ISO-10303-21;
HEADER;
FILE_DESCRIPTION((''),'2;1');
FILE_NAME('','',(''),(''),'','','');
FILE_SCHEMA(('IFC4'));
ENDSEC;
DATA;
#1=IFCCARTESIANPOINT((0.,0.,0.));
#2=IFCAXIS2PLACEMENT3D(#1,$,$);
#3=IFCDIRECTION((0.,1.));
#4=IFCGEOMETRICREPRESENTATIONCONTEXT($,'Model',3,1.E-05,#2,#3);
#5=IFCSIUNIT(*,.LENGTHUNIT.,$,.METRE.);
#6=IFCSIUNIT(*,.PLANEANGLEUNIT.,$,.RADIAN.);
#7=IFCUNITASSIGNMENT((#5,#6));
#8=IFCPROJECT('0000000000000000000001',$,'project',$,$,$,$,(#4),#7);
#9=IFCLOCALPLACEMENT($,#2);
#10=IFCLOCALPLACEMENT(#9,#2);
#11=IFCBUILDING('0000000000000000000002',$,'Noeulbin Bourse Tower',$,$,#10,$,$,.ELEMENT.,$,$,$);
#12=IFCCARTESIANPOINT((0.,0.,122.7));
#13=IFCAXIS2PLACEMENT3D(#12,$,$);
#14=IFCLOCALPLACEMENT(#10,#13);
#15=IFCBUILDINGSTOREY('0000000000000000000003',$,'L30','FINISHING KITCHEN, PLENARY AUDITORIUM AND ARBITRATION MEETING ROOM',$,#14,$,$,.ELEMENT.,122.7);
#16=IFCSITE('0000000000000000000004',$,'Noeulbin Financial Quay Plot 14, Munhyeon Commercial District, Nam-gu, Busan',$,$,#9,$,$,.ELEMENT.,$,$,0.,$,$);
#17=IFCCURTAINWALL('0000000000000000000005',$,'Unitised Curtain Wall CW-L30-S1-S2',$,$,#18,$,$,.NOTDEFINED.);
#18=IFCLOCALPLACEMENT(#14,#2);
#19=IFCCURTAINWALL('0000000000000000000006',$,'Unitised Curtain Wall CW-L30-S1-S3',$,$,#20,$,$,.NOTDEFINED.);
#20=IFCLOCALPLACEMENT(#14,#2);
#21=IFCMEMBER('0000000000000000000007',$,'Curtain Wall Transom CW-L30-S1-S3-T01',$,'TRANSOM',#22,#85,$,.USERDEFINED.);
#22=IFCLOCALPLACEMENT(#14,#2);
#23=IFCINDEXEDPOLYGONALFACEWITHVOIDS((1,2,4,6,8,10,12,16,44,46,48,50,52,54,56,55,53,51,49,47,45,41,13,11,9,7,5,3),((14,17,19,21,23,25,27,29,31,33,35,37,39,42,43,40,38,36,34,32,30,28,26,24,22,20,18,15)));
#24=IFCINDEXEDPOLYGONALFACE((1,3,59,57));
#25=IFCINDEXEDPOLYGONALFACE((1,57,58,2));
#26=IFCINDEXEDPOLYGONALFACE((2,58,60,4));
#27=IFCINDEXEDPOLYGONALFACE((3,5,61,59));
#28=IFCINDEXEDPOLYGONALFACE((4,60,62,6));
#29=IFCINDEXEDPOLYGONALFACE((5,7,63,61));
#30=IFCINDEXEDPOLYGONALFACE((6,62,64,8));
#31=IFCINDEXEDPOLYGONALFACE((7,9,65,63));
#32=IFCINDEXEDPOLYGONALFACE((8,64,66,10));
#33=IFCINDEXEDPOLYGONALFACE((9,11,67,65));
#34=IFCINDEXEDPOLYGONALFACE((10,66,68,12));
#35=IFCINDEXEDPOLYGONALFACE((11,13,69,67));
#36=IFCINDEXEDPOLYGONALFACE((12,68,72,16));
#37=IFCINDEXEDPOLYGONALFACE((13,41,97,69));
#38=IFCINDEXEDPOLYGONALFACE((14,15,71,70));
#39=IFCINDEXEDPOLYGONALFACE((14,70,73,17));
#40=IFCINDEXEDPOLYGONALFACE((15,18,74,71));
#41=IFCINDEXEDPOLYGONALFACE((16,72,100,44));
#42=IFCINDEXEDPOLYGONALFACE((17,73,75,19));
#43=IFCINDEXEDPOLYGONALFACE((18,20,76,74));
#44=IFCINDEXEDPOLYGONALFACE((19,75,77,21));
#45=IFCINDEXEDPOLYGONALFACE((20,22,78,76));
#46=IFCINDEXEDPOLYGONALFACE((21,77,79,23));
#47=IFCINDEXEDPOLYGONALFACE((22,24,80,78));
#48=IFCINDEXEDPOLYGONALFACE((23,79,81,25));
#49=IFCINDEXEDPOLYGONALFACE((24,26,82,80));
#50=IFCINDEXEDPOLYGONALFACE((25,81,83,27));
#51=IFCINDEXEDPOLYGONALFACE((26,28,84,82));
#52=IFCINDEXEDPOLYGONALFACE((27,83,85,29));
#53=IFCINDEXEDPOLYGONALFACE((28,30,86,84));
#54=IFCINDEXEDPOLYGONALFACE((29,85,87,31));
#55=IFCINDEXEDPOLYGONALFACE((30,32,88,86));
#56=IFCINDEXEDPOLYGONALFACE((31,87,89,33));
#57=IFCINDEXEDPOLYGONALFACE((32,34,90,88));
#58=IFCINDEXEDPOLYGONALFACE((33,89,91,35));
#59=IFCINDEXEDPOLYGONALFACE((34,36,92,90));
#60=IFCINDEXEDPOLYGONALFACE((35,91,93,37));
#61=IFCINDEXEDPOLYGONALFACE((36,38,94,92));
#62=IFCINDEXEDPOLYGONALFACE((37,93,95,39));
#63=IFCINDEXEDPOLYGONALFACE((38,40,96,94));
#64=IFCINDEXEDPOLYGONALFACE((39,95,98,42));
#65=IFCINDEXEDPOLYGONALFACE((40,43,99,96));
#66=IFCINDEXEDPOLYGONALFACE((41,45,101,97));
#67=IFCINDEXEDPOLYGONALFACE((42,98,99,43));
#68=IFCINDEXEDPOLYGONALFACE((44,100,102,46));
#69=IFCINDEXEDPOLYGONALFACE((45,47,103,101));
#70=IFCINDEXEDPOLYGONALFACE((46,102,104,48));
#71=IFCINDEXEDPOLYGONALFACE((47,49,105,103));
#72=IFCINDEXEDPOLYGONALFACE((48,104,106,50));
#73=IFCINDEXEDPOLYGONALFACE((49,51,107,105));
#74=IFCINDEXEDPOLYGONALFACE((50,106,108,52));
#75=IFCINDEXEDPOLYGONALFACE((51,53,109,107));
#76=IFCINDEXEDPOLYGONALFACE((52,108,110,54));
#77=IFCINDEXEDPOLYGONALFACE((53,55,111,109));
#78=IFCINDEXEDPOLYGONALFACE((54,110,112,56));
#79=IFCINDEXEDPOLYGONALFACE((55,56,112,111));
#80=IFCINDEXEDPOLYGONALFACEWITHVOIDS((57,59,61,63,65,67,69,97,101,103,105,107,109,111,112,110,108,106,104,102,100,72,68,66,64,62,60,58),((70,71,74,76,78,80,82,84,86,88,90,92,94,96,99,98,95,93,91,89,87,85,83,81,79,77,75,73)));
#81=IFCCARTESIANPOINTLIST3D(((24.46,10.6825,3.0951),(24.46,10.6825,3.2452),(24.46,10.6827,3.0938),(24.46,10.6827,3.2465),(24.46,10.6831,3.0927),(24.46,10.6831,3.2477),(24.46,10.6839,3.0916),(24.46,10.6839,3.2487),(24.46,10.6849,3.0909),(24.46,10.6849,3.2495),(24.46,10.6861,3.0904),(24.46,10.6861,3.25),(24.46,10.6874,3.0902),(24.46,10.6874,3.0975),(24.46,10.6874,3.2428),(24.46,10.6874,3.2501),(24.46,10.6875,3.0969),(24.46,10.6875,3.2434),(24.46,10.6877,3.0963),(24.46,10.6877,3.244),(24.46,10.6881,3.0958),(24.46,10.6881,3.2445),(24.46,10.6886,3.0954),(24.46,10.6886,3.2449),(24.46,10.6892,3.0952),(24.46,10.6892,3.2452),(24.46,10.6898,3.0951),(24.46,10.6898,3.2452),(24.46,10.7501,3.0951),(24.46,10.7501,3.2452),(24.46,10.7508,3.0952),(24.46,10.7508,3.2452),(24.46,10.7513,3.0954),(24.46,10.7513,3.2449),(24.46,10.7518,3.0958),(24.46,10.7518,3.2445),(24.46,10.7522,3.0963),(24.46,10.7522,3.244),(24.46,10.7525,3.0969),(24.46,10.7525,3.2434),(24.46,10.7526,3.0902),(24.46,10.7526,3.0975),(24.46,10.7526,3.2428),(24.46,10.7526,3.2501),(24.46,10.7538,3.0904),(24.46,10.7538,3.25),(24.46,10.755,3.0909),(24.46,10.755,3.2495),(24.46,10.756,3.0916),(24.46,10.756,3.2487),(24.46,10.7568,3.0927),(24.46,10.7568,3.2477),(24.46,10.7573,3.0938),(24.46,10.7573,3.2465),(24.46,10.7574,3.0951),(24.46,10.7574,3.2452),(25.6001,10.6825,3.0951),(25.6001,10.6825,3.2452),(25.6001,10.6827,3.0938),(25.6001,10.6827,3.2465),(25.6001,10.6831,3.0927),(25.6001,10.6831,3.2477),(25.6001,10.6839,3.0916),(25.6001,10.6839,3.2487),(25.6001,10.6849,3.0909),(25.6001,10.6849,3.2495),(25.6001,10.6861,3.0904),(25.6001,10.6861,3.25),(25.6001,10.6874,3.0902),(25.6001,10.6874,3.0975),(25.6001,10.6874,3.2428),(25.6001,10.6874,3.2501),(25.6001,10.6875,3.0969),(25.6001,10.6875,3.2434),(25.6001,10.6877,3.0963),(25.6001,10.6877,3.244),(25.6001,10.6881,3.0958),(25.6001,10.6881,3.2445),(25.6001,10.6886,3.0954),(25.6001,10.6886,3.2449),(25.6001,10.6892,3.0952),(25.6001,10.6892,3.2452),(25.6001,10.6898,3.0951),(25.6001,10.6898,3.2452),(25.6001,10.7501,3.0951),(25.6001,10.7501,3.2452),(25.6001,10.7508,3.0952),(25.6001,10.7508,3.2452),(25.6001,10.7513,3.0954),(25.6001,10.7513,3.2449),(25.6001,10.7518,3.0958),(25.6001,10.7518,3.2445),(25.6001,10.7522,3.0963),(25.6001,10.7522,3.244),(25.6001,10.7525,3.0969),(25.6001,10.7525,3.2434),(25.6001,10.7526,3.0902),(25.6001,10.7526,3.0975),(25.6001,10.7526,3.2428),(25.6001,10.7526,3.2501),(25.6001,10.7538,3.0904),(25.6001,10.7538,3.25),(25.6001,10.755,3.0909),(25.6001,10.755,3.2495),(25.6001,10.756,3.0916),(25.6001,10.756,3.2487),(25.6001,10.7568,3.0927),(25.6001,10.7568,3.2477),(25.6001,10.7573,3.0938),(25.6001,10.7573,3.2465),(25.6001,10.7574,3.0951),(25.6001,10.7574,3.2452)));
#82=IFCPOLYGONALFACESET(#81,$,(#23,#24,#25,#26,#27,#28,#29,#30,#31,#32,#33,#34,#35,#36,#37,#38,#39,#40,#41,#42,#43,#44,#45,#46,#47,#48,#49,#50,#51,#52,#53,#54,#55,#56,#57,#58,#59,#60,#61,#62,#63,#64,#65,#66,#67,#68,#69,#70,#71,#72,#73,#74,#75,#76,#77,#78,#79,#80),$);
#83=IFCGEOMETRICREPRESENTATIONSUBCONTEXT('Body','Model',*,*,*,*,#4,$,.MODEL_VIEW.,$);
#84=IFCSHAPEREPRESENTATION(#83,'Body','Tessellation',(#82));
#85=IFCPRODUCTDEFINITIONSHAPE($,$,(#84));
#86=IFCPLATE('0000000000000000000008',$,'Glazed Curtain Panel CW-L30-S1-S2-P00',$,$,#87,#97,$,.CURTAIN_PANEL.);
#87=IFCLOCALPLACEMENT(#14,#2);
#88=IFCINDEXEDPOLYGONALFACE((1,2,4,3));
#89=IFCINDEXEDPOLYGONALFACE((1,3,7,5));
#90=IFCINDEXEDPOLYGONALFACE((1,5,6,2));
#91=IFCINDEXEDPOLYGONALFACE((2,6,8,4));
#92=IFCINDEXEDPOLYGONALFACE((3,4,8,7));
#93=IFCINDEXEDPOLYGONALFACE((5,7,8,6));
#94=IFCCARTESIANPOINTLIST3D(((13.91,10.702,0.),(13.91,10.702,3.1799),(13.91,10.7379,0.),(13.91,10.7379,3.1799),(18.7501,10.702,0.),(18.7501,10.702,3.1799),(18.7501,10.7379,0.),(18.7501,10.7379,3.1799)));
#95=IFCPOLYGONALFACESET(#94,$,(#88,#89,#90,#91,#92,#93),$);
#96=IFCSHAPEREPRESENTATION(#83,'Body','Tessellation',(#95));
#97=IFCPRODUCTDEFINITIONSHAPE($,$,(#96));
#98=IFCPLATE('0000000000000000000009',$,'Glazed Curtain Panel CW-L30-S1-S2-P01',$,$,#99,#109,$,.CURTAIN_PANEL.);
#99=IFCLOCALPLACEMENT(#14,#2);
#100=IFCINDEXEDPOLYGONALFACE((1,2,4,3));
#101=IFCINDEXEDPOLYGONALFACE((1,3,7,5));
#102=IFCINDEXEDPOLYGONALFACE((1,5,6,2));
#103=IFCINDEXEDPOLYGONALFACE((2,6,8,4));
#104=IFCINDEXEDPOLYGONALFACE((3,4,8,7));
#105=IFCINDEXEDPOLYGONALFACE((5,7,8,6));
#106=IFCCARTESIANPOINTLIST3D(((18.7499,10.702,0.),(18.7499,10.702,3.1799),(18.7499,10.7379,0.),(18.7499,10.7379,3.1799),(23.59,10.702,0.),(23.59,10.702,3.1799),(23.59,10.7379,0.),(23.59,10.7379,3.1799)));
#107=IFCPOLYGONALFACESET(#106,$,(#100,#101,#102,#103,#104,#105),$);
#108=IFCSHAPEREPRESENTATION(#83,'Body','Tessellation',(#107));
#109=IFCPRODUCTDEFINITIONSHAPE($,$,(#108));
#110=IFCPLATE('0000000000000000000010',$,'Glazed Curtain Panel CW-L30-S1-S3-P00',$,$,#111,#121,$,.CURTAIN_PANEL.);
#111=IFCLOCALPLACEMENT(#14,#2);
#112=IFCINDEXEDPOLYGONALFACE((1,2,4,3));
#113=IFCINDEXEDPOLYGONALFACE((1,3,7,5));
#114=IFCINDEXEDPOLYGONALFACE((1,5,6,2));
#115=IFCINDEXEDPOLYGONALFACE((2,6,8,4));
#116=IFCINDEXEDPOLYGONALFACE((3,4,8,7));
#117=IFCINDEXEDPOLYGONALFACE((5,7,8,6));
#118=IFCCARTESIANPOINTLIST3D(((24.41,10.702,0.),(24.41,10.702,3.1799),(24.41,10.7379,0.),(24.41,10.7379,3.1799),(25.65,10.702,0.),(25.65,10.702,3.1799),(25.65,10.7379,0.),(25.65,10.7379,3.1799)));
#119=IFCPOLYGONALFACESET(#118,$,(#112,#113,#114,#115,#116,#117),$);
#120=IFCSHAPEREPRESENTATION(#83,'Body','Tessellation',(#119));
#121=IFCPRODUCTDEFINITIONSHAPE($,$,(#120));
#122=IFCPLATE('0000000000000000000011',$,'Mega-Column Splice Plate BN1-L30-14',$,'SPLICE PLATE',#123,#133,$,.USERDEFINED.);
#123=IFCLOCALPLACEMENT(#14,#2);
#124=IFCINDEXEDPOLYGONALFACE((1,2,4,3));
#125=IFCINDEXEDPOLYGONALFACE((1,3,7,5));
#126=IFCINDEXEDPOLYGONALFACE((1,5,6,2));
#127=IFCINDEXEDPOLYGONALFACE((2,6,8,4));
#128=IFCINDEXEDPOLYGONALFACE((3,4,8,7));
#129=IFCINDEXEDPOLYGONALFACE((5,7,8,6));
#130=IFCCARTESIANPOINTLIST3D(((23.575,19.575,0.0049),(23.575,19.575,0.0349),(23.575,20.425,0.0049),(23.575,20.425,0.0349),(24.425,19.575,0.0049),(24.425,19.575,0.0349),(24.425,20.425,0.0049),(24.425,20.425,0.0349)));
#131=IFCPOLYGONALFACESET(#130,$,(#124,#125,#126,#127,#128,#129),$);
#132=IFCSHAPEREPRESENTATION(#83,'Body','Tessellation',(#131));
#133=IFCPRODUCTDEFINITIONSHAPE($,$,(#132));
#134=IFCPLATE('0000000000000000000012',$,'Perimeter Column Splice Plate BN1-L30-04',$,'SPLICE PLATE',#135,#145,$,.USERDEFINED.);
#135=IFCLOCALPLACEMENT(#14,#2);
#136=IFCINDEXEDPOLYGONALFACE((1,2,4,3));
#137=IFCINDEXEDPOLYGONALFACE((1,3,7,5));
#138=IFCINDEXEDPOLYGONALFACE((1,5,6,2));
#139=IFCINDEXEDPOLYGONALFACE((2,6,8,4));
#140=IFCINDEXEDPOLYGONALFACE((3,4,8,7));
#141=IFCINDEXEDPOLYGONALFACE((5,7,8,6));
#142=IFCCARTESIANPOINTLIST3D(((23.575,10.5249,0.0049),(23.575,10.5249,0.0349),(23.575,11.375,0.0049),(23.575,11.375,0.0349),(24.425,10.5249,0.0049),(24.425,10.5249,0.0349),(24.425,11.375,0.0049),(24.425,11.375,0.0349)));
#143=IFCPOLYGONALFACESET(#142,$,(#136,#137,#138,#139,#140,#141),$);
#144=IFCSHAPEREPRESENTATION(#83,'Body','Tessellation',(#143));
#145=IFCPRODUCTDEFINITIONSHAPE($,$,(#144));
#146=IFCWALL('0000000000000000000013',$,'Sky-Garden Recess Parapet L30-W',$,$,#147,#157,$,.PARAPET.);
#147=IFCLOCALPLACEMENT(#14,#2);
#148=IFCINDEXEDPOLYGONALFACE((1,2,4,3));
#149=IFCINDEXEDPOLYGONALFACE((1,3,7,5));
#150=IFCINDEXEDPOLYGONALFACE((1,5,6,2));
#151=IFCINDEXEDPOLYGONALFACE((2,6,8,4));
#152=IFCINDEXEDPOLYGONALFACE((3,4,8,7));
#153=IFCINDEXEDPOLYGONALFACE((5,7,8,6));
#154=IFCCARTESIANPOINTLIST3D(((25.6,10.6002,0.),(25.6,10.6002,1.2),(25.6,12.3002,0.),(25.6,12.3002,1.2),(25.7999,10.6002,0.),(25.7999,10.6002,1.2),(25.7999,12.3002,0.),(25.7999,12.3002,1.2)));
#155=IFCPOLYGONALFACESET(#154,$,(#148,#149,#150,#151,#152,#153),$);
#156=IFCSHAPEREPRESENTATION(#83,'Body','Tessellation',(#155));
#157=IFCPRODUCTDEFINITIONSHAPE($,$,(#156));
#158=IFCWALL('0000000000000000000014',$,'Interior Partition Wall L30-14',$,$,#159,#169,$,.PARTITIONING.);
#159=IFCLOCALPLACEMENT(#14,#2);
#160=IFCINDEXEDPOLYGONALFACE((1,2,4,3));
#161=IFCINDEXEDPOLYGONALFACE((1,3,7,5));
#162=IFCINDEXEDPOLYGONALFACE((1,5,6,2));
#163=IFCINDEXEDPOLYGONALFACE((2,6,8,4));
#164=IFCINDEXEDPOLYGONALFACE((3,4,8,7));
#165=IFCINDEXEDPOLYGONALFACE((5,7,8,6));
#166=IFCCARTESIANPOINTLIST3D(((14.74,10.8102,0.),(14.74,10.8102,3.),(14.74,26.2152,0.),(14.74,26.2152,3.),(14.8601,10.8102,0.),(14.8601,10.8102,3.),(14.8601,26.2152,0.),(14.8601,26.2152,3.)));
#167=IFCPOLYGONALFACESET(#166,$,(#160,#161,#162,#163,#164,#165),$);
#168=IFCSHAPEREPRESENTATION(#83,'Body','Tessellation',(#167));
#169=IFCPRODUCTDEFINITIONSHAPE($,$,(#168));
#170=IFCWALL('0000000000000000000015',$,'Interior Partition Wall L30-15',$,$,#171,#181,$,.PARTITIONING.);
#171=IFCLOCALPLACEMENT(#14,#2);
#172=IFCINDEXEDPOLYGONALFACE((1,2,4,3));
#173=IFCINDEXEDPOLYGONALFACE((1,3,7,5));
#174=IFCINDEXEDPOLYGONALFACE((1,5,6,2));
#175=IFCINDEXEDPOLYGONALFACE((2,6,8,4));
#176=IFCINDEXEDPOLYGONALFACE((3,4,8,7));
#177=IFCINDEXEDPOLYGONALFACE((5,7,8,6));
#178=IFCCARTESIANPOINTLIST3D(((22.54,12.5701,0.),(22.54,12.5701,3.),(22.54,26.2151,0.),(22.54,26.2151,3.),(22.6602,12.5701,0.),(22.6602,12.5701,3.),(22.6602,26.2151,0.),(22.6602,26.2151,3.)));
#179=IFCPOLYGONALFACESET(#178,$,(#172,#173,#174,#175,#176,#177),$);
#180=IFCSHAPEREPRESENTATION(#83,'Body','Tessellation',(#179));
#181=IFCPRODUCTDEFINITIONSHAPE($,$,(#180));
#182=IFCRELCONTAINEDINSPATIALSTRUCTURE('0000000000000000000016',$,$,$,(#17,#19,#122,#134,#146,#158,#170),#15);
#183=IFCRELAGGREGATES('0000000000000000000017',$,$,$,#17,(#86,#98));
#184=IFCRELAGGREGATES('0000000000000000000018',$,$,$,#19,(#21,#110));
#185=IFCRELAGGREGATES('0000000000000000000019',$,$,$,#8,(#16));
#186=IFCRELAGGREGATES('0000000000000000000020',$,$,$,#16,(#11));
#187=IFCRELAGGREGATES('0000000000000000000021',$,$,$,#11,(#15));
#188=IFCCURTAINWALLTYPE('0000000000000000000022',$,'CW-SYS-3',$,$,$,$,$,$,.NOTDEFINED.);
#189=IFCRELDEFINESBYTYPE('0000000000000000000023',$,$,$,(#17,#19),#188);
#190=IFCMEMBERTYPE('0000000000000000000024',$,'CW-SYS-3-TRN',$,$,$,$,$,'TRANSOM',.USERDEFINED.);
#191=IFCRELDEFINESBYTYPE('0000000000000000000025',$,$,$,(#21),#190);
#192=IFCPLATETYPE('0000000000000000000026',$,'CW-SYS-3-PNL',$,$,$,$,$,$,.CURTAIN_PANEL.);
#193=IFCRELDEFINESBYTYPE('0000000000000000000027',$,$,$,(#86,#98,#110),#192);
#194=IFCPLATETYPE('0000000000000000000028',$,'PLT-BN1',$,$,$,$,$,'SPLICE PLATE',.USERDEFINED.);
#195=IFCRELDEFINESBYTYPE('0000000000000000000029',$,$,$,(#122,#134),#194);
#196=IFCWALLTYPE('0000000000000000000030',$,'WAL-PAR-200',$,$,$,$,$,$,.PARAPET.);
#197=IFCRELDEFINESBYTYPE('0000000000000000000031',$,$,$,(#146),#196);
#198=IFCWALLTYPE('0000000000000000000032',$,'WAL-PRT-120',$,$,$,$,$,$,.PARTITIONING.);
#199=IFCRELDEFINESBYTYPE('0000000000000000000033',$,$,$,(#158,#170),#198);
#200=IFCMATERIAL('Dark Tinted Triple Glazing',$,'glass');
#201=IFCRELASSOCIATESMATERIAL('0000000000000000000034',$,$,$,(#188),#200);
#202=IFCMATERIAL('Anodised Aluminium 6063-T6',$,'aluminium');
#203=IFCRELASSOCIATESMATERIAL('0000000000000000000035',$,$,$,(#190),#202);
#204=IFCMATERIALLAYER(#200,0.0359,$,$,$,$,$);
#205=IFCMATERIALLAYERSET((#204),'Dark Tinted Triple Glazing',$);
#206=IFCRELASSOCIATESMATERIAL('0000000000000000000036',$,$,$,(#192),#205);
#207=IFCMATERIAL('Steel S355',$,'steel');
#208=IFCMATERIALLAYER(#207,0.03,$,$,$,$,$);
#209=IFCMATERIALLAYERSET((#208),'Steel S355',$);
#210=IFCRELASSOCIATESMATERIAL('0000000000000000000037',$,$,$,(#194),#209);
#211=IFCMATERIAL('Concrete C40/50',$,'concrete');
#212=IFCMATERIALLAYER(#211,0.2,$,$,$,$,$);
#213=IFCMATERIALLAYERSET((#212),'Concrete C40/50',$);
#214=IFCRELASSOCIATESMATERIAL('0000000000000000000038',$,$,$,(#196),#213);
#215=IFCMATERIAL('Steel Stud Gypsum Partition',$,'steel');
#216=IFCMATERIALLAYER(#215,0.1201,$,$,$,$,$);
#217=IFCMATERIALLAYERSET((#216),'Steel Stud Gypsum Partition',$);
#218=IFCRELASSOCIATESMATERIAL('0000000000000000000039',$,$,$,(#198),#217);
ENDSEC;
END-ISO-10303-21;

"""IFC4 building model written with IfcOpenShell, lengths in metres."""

from ifc_helpers import new_model, si_unit, direction, frame, frame_2d, origin, origin_2d, place, context, subcontext, project, spatial, rectangle, hollow_rectangle, extrude, material, layer, layer_set, material_profile, profile_set, type_object, element, aggregate, save


model = new_model("IFC4")

# Units and contexts
model_context = context("Model", 3, precision=1e-05, world=origin(), true_north=direction((0.0, 1.0)))
body_context = subcontext(model_context, "Body", "Model", "MODEL_VIEW")
ifc_project = project(units=[si_unit("LENGTHUNIT", "METRE"), si_unit("PLANEANGLEUNIT", "RADIAN")], contexts=[model_context])

# Site, building, storey
site_placement = place(None, origin())
site = spatial("IfcSite", under=ifc_project, at=site_placement, Name="Noeulbin Financial Quay Plot 14, Munhyeon Commercial District, Nam-gu, Busan", CompositionType="ELEMENT", RefElevation=0.0)
building_placement = place(site_placement, origin())
building = spatial("IfcBuilding", under=site, at=building_placement, Name="Noeulbin Bourse Tower", CompositionType="ELEMENT")
storey_placement = place(building_placement, frame((0.0, 0.0, 122.7)))
storey = spatial("IfcBuildingStorey", under=building, at=storey_placement, Name="L30", Description="FINISHING KITCHEN, PLENARY AUDITORIUM AND ARBITRATION MEETING ROOM", CompositionType="ELEMENT", Elevation=122.7)

# Shared definitions
ifc_material_1 = material(Name="Steel S355", Category="steel")

# Shared definitions
ifc_material_2 = material(Name="Dark Tinted Triple Glazing", Category="glass")
curtain_wall_type = type_object("IfcCurtainWallType", Name="CW-SYS-3", PredefinedType="NOTDEFINED", material=ifc_material_2)
ifc_material_3 = material(Name="Anodised Aluminium 6063-T6", Category="aluminium")

# Curtain walls
curtain_wall_1_placement = place(storey_placement, origin())
curtain_wall_1 = element("IfcCurtainWall", 1, at=curtain_wall_1_placement, inside=storey, type_object=curtain_wall_type, Name="Unitised Curtain Wall CW-L30-S1-S2", PredefinedType="NOTDEFINED")
curtain_wall_2_placement = place(storey_placement, origin())
curtain_wall_2 = element("IfcCurtainWall", 2, at=curtain_wall_2_placement, inside=storey, type_object=curtain_wall_type, Name="Unitised Curtain Wall CW-L30-S1-S3", PredefinedType="NOTDEFINED")

# Member
ifc_material_profile_1 = material_profile(ifc_material_3, hollow_rectangle(XDim=0.075, YDim=0.1599, WallThickness=0.0049, InnerFilletRadius=0.0024, OuterFilletRadius=0.0049, at=origin_2d()), Name="ALU-TRAN-75x160x5", Category="LoadBearing")
ifc_profile_set_1 = profile_set([ifc_material_profile_1], Name="Anodised Aluminium 6063-T6")
member_type_1 = type_object("IfcMemberType", Name="CW-SYS-3-TRN", ElementType="TRANSOM", PredefinedType="USERDEFINED", material=ifc_profile_set_1)
member_1_placement = place(storey_placement, frame((24.46, 10.72, 3.1702), z_axis=(1.0, 0.0, 0.0), x_axis=(0.0, 1.0, 0.0)))
member_1 = element("IfcMember", 3, at=member_1_placement, type_object=member_type_1, Name="Curtain Wall Transom CW-L30-S1-S3-T01", ObjectType="TRANSOM", PredefinedType="USERDEFINED", context=body_context, shape_type="SweptSolid", body=[
    extrude(hollow_rectangle(XDim=0.075, YDim=0.1599, WallThickness=0.0049, InnerFilletRadius=0.0024, OuterFilletRadius=0.0049, at=origin_2d()), origin(), (0.0, 0.0, 1.0), 1.1401),
])

# Plates
ifc_layer_1 = layer(ifc_material_2, 0.0359)
ifc_layer_set_1 = layer_set([ifc_layer_1], Name="Dark Tinted Triple Glazing")
plate_type_1 = type_object("IfcPlateType", Name="CW-SYS-3-PNL", PredefinedType="CURTAIN_PANEL", material=ifc_layer_set_1)
plate_1_placement = place(storey_placement, frame((16.3301, 10.72, 0.0), z_axis=(0.0, 0.0, 1.0), x_axis=(1.0, 0.0, 0.0)))
plate_1 = element("IfcPlate", 4, at=plate_1_placement, type_object=plate_type_1, Name="Glazed Curtain Panel CW-L30-S1-S2-P00", PredefinedType="CURTAIN_PANEL", context=body_context, shape_type="SweptSolid", body=[
    extrude(rectangle(XDim=4.8401, YDim=0.0359, at=origin_2d()), origin(), (0.0, 0.0, 1.0), 3.1799),
])
plate_2_placement = place(storey_placement, frame((21.1699, 10.72, 0.0), z_axis=(0.0, 0.0, 1.0), x_axis=(1.0, 0.0, 0.0)))
plate_2 = element("IfcPlate", 5, at=plate_2_placement, type_object=plate_type_1, Name="Glazed Curtain Panel CW-L30-S1-S2-P01", PredefinedType="CURTAIN_PANEL", context=body_context, shape_type="SweptSolid", body=[
    extrude(rectangle(XDim=4.8401, YDim=0.0359, at=origin_2d()), origin(), (0.0, 0.0, 1.0), 3.1799),
])
aggregate(curtain_wall_1, [plate_1, plate_2])
plate_3_placement = place(storey_placement, frame((25.03, 10.72, 0.0), z_axis=(0.0, 0.0, 1.0), x_axis=(1.0, 0.0, 0.0)))
plate_3 = element("IfcPlate", 6, at=plate_3_placement, type_object=plate_type_1, Name="Glazed Curtain Panel CW-L30-S1-S3-P00", PredefinedType="CURTAIN_PANEL", context=body_context, shape_type="SweptSolid", body=[
    extrude(rectangle(XDim=1.24, YDim=0.0359, at=origin_2d()), origin(), (0.0, 0.0, 1.0), 3.1799),
])
aggregate(curtain_wall_2, [member_1, plate_3])

# Plates
ifc_layer_2 = layer(ifc_material_1, 0.03)
ifc_layer_set_2 = layer_set([ifc_layer_2], Name="Steel S355")
plate_type_2 = type_object("IfcPlateType", Name="PLT-BN1", ElementType="SPLICE PLATE", PredefinedType="USERDEFINED", material=ifc_layer_set_2)
for number, where, z_axis, x_axis, name in (
    (7, (24.0, 20.0, 0.0049), (0.0, 0.0, 1.0), (1.0, 0.0, 0.0), "Mega-Column Splice Plate BN1-L30-14"),
    (8, (24.0, 10.95, 0.0049), (0.0, 0.0, 1.0), (1.0, 0.0, 0.0), "Perimeter Column Splice Plate BN1-L30-04"),
):
    element("IfcPlate", number, at=place(storey_placement, frame(where, z_axis=z_axis, x_axis=x_axis)), inside=storey, type_object=plate_type_2, Name=name, ObjectType="SPLICE PLATE", PredefinedType="USERDEFINED", context=body_context, shape_type="SweptSolid", body=[
        extrude(rectangle(XDim=0.8501, YDim=0.8501, at=origin_2d()), origin(), (0.0, 0.0, 1.0), 0.03),
    ])

# Walls
ifc_material_4 = material(Name="Concrete C40/50", Category="concrete")
ifc_layer_3 = layer(ifc_material_4, 0.2)
ifc_layer_set_3 = layer_set([ifc_layer_3], Name="Concrete C40/50")
wall_type_1 = type_object("IfcWallType", Name="WAL-PAR-200", PredefinedType="PARAPET", material=ifc_layer_set_3)
wall_1_placement = place(storey_placement, frame((25.7, 10.6001, 0.0), z_axis=(0.0, 0.0, 1.0), x_axis=(0.0, 1.0, 0.0)))
element("IfcWall", 9, at=wall_1_placement, inside=storey, type_object=wall_type_1, Name="Sky-Garden Recess Parapet L30-W", PredefinedType="PARAPET", context=body_context, shape_type="SweptSolid", body=[
    extrude(rectangle(XDim=1.7, YDim=0.2, at=frame_2d((0.8501, 0.0))), origin(), (0.0, 0.0, 1.0), 1.2),
])
ifc_material_5 = material(Name="Steel Stud Gypsum Partition", Category="steel")
ifc_layer_4 = layer(ifc_material_5, 0.1201)
ifc_layer_set_4 = layer_set([ifc_layer_4], Name="Steel Stud Gypsum Partition")
wall_type_2 = type_object("IfcWallType", Name="WAL-PRT-120", PredefinedType="PARTITIONING", material=ifc_layer_set_4)
wall_2_placement = place(storey_placement, frame((14.8, 10.8101, 0.0), z_axis=(0.0, 0.0, 1.0), x_axis=(0.0, 1.0, 0.0)))
element("IfcWall", 10, at=wall_2_placement, inside=storey, type_object=wall_type_2, Name="Interior Partition Wall L30-14", PredefinedType="PARTITIONING", context=body_context, shape_type="SweptSolid", body=[
    extrude(rectangle(XDim=15.405, YDim=0.1201, at=frame_2d((7.7026, 0.0))), origin(), (0.0, 0.0, 1.0), 3.0),
])
wall_3_placement = place(storey_placement, frame((22.6001, 12.5701, 0.0), z_axis=(0.0, 0.0, 1.0), x_axis=(0.0, 1.0, 0.0)))
element("IfcWall", 11, at=wall_3_placement, inside=storey, type_object=wall_type_2, Name="Interior Partition Wall L30-15", PredefinedType="PARTITIONING", context=body_context, shape_type="SweptSolid", body=[
    extrude(rectangle(XDim=13.645, YDim=0.1201, at=frame_2d((6.8225, 0.0))), origin(), (0.0, 0.0, 1.0), 3.0),
])

save(model, "model.ifc")
